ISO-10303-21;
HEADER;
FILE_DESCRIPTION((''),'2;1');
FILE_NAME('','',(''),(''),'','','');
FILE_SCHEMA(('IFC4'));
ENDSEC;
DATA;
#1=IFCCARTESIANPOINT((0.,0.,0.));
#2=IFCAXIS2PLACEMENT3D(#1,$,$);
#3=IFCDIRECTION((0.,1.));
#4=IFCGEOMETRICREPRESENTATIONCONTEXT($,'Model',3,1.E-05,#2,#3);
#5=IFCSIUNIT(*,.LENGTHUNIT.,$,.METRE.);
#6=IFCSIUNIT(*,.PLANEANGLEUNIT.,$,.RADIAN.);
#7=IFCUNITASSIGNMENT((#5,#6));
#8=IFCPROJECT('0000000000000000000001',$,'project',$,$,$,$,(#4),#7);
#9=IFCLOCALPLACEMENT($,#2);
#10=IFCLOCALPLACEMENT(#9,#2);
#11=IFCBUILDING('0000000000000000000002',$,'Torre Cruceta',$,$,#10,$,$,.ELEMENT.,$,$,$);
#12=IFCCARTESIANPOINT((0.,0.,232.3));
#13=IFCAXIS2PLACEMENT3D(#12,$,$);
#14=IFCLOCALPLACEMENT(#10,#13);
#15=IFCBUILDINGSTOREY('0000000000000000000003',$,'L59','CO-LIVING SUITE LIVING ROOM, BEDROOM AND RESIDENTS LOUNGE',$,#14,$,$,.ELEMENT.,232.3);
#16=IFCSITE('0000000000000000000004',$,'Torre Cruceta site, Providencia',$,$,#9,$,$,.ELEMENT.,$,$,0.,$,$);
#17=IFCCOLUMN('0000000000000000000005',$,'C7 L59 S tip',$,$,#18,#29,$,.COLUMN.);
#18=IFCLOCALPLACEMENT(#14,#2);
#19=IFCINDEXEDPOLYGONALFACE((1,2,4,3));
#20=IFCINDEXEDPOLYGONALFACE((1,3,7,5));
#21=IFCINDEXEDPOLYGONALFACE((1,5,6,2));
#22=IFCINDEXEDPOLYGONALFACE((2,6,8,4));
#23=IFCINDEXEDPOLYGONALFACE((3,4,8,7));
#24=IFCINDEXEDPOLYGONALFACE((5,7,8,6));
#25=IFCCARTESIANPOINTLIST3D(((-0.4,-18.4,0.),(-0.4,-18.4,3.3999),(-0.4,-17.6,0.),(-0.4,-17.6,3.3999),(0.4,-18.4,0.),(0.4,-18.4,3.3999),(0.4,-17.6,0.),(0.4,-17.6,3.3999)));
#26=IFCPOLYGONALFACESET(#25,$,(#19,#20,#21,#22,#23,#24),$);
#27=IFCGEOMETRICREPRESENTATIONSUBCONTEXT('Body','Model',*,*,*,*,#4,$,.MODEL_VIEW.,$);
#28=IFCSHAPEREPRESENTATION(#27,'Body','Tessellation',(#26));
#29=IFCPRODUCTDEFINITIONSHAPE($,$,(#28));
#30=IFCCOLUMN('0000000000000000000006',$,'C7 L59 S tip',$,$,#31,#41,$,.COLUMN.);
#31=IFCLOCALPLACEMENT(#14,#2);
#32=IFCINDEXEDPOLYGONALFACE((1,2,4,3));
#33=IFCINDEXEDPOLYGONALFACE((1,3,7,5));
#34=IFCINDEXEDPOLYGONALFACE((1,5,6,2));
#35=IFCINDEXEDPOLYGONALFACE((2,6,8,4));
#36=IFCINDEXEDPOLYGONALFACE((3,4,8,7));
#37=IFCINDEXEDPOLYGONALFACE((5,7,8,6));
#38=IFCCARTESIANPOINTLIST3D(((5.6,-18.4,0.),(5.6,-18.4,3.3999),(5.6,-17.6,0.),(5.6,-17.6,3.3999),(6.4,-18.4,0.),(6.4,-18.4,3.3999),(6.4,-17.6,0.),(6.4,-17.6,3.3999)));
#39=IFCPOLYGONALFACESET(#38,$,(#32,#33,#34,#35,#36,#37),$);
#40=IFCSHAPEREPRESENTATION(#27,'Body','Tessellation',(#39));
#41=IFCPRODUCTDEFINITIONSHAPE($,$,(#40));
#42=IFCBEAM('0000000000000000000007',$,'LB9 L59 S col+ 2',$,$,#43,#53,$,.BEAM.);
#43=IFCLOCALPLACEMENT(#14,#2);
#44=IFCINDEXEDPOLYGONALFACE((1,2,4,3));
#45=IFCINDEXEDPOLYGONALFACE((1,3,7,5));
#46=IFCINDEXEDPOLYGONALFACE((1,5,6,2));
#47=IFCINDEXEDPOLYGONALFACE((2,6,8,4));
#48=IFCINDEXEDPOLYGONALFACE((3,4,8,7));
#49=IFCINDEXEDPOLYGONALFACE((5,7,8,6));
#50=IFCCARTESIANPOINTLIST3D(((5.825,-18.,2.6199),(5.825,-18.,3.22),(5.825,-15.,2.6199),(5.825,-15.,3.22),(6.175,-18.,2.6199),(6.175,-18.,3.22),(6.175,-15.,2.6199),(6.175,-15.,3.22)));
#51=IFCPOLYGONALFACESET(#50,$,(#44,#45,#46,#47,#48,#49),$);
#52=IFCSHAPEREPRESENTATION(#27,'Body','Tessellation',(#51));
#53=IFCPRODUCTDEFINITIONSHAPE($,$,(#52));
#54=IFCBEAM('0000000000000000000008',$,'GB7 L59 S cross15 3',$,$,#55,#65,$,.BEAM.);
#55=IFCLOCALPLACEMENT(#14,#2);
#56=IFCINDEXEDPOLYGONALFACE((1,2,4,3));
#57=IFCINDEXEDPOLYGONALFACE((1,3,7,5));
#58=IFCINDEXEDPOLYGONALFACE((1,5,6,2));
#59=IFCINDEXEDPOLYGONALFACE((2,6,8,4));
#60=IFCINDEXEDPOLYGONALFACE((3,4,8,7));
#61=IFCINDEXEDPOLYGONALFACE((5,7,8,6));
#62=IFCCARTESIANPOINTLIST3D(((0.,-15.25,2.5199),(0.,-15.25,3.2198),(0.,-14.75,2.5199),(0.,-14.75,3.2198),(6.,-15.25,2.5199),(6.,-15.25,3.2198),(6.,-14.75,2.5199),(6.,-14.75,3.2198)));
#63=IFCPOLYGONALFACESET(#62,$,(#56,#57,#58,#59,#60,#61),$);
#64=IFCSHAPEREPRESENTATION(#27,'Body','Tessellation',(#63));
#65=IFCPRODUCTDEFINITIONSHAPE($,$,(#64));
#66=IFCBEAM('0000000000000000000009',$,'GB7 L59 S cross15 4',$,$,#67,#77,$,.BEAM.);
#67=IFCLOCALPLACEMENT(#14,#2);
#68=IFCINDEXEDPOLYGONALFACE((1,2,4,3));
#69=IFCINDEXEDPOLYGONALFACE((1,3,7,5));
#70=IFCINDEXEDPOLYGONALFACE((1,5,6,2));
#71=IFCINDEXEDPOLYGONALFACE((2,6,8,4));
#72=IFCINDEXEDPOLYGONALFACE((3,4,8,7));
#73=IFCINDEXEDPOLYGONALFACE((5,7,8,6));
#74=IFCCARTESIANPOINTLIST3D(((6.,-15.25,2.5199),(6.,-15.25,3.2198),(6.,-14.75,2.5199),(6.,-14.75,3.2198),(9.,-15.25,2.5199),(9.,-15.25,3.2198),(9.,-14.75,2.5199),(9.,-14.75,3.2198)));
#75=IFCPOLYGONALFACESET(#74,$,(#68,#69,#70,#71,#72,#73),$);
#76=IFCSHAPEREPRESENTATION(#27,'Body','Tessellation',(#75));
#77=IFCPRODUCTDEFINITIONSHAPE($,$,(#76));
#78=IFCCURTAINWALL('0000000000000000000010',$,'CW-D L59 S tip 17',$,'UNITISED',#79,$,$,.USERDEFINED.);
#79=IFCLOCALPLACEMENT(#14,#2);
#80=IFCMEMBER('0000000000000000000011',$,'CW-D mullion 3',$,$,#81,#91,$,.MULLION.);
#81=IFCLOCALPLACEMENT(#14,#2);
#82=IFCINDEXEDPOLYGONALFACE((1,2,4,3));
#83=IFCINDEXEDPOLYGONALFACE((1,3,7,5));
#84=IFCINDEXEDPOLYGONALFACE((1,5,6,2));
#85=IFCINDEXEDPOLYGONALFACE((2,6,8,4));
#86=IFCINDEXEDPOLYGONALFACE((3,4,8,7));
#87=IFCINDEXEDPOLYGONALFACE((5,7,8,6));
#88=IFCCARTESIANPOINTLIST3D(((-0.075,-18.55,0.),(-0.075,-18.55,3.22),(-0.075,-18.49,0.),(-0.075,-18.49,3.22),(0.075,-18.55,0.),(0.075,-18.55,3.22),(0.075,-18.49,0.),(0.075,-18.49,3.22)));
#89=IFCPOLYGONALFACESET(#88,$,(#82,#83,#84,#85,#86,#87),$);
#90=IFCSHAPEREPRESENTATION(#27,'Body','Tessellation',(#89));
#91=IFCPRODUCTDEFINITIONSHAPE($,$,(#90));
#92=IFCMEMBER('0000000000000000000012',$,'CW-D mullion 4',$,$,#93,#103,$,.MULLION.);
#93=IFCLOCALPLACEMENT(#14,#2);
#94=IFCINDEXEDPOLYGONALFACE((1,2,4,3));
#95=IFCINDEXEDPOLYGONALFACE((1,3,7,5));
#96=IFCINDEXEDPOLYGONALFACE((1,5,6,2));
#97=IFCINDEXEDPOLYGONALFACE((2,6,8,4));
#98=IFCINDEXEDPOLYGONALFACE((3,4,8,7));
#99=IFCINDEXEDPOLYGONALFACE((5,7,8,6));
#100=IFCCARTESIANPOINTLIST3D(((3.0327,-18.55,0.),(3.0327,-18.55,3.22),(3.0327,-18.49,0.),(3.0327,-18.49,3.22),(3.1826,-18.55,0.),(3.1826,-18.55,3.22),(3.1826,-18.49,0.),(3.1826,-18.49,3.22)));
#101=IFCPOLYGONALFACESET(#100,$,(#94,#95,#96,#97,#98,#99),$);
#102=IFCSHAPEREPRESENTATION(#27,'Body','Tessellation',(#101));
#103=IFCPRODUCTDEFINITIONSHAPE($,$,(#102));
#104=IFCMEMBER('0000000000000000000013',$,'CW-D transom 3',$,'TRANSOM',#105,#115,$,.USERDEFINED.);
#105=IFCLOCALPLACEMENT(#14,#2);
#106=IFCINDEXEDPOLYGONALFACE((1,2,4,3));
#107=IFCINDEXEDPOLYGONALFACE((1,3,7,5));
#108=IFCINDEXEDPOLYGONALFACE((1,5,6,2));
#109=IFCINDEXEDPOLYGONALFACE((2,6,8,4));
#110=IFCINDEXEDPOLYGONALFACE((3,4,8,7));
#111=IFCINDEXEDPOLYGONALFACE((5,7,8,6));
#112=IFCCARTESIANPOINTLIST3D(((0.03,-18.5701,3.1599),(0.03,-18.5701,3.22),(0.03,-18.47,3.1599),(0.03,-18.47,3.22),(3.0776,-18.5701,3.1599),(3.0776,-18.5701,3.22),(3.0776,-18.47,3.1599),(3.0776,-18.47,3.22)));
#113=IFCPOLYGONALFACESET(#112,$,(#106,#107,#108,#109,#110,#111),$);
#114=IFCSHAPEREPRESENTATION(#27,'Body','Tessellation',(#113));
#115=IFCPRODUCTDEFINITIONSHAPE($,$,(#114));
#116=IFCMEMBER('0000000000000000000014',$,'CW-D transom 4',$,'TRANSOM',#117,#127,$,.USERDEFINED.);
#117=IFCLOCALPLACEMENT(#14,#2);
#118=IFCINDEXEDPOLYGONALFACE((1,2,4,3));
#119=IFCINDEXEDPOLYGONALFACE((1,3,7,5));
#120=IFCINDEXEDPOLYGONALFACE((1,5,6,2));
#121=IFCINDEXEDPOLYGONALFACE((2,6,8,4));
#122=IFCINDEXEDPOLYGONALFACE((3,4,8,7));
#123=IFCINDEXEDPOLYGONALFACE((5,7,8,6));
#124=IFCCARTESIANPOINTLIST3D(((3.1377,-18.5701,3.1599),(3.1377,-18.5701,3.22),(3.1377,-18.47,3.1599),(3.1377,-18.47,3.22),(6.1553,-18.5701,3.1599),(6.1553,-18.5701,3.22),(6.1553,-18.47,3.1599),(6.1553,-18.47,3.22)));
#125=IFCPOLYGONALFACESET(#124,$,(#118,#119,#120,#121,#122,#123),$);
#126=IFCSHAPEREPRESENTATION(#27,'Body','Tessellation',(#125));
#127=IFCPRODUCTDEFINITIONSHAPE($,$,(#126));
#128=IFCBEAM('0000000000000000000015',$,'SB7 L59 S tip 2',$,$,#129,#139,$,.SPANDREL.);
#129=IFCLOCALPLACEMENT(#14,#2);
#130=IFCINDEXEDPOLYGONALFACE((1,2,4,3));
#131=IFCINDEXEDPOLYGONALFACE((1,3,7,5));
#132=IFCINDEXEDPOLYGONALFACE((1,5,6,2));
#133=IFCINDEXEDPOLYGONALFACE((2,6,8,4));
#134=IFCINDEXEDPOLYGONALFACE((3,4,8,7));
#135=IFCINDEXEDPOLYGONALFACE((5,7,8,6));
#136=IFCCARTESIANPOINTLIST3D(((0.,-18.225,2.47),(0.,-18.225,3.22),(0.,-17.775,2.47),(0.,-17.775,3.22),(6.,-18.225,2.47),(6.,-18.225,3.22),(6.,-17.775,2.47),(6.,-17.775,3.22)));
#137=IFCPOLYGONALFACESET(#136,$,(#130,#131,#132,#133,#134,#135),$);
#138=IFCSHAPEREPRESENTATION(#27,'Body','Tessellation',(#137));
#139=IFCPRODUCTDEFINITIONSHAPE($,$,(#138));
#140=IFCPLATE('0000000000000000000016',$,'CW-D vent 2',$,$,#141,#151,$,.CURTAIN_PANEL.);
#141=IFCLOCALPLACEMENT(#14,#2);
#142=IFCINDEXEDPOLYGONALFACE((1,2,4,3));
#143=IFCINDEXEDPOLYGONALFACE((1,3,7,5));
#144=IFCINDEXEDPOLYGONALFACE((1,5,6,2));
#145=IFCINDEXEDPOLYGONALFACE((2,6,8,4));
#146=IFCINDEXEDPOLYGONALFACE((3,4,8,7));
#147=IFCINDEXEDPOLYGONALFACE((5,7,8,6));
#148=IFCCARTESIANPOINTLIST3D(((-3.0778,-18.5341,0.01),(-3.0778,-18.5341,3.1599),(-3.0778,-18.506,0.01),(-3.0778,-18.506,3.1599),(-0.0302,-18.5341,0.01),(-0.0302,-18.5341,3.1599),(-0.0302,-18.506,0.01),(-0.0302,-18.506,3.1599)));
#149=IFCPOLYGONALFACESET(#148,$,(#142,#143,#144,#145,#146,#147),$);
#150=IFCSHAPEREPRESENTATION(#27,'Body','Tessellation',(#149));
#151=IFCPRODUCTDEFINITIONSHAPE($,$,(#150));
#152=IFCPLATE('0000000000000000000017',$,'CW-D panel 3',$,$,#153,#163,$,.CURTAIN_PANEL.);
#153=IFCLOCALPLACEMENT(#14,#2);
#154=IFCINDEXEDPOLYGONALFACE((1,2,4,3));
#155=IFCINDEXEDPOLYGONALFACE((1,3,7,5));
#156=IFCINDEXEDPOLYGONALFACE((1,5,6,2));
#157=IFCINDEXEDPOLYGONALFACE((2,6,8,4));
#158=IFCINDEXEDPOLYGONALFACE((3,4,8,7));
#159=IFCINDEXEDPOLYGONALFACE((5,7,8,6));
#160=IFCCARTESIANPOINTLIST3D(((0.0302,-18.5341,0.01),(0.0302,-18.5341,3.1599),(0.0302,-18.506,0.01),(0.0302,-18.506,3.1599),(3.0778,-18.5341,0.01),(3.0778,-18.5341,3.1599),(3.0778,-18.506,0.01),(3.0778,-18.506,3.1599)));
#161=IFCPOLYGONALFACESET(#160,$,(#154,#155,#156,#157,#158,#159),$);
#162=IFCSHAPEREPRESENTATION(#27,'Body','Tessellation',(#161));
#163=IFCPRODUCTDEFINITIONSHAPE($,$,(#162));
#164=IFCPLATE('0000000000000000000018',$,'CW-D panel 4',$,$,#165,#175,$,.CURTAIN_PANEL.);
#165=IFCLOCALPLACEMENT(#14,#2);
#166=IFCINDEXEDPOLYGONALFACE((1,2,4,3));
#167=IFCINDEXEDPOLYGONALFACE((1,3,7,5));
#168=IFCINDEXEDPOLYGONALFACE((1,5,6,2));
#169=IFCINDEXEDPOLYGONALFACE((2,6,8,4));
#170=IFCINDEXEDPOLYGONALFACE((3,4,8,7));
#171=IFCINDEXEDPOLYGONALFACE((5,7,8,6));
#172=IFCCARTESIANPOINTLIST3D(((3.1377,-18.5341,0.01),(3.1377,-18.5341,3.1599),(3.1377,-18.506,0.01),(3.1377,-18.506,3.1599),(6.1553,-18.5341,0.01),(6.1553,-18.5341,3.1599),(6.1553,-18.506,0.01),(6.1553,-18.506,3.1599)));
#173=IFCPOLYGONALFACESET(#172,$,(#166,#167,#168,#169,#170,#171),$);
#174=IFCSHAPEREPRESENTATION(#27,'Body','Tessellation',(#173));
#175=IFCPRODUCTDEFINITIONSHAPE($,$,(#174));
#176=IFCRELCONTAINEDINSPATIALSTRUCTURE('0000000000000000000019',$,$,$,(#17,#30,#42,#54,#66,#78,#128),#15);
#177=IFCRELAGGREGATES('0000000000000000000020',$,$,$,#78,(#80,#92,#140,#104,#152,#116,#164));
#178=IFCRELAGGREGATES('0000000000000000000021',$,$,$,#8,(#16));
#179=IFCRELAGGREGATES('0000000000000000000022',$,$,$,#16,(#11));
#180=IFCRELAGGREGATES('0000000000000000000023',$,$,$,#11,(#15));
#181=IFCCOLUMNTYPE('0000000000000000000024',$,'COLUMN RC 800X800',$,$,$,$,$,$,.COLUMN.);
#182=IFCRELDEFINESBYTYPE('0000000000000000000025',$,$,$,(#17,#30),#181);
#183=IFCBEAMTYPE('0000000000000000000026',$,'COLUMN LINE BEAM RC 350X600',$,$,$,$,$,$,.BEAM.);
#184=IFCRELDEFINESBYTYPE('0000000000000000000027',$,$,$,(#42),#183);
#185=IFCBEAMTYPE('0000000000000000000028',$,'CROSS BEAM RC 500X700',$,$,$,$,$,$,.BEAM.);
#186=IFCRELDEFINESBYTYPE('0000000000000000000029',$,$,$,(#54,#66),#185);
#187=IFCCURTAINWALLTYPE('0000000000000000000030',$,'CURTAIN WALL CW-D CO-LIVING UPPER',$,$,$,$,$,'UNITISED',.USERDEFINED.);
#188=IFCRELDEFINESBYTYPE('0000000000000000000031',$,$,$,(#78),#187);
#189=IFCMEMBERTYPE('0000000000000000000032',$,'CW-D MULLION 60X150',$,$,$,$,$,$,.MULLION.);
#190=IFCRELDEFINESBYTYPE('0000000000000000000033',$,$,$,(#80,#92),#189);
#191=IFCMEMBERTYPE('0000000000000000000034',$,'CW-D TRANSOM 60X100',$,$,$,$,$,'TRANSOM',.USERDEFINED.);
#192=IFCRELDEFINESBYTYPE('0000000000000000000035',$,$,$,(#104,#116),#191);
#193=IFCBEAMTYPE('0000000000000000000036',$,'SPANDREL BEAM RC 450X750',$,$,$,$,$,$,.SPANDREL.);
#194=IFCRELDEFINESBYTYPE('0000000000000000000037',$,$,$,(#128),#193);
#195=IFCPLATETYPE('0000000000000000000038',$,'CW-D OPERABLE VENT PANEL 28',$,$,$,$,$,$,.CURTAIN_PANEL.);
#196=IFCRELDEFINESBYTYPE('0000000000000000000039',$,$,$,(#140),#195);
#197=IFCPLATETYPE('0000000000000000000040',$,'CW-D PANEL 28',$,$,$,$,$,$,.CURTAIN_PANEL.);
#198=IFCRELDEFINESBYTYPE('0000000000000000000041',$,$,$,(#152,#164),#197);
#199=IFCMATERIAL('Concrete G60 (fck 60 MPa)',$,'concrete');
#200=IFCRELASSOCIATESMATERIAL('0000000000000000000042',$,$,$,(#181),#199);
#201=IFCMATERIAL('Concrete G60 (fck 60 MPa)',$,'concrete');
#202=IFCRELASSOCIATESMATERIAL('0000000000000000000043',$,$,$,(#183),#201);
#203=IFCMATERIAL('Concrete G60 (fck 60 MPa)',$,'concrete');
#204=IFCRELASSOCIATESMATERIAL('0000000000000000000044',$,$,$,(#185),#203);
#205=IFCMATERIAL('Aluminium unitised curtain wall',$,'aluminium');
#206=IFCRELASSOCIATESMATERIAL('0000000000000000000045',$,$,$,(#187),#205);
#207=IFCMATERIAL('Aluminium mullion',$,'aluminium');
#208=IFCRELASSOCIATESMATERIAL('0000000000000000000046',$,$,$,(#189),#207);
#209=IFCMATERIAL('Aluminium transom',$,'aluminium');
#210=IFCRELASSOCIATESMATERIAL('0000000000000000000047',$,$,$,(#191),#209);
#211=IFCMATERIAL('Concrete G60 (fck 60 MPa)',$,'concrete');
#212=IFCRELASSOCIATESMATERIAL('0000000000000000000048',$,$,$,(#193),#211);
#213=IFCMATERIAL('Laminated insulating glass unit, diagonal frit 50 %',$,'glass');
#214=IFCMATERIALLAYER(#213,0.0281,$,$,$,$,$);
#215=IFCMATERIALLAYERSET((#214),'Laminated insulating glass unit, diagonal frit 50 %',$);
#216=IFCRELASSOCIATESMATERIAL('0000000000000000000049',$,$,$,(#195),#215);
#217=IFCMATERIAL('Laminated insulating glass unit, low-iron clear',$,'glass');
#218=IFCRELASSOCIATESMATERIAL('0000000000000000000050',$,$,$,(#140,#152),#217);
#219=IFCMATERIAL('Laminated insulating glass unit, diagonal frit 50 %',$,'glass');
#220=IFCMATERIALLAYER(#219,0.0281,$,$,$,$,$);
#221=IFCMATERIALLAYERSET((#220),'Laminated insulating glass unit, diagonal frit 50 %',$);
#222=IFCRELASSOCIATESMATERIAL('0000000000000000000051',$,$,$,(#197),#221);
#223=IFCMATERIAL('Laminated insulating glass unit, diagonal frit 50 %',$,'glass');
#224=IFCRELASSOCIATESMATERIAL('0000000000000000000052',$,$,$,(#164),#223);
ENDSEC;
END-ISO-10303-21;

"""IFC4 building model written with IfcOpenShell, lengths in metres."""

from ifc_helpers import new_model, si_unit, direction, frame, origin, origin_2d, place, context, subcontext, project, spatial, rectangle, extrude, material, layer, layer_set, material_profile, profile_set, type_object, element, aggregate, save


model = new_model("IFC4")

# Units and contexts
model_context = context("Model", 3, precision=1e-05, world=origin(), true_north=direction((0.0, 1.0)))
body_context = subcontext(model_context, "Body", "Model", "MODEL_VIEW")
ifc_project = project(units=[si_unit("LENGTHUNIT", "METRE"), si_unit("PLANEANGLEUNIT", "RADIAN")], contexts=[model_context])

# Site, building, storey
site_placement = place(None, origin())
site = spatial("IfcSite", under=ifc_project, at=site_placement, Name="Torre Cruceta site, Providencia", CompositionType="ELEMENT", RefElevation=0.0)
building_placement = place(site_placement, origin())
building = spatial("IfcBuilding", under=site, at=building_placement, Name="Torre Cruceta", CompositionType="ELEMENT")
storey_placement = place(building_placement, frame((0.0, 0.0, 232.3)))
storey = spatial("IfcBuildingStorey", under=building, at=storey_placement, Name="L59", Description="CO-LIVING SUITE LIVING ROOM, BEDROOM AND RESIDENTS LOUNGE", CompositionType="ELEMENT", Elevation=232.3)

# Columns
ifc_material_1 = material(Name="Concrete G60 (fck 60 MPa)", Category="concrete")
ifc_material_profile_1 = material_profile(ifc_material_1, rectangle(XDim=0.8, YDim=0.8, at=origin_2d()), Name="RC 800X800")
ifc_profile_set_1 = profile_set([ifc_material_profile_1], Name="Concrete G60 (fck 60 MPa)")
column_type = type_object("IfcColumnType", Name="COLUMN RC 800X800", PredefinedType="COLUMN", material=ifc_profile_set_1)
for number, where, z_axis, x_axis, name in (
    (1, (0.0, -18.0, 0.0), (0.0, 0.0, 1.0), (1.0, 0.0, 0.0), "C7 L59 S tip"),
    (2, (6.0, -18.0, 0.0), (0.0, 0.0, 1.0), (1.0, 0.0, 0.0), "C7 L59 S tip"),
):
    element("IfcColumn", number, at=place(storey_placement, frame(where, z_axis=z_axis, x_axis=x_axis)), inside=storey, type_object=column_type, Name=name, PredefinedType="COLUMN", context=body_context, shape_type="SweptSolid", body=[
        extrude(rectangle(XDim=0.8, YDim=0.8, at=origin_2d()), origin(), (0.0, 0.0, 1.0), 3.3999),
    ])

# Beams
ifc_material_2 = material(Name="Concrete G60 (fck 60 MPa)", Category="concrete")
ifc_material_profile_2 = material_profile(ifc_material_2, rectangle(XDim=0.3501, YDim=0.6001, at=origin_2d()), Name="RC 350X600")
ifc_profile_set_2 = profile_set([ifc_material_profile_2], Name="Concrete G60 (fck 60 MPa)")
beam_type_1 = type_object("IfcBeamType", Name="COLUMN LINE BEAM RC 350X600", PredefinedType="BEAM", material=ifc_profile_set_2)
beam_1_placement = place(storey_placement, frame((6.0, -15.0, 2.9199), z_axis=(0.0, -1.0, 0.0), x_axis=(1.0, 0.0, 0.0)))
element("IfcBeam", 3, at=beam_1_placement, inside=storey, type_object=beam_type_1, Name="LB9 L59 S col+ 2", PredefinedType="BEAM", context=body_context, shape_type="SweptSolid", body=[
    extrude(rectangle(XDim=0.3501, YDim=0.6001, at=origin_2d()), origin(), (0.0, 0.0, 1.0), 3.0),
])
ifc_material_3 = material(Name="Concrete G60 (fck 60 MPa)", Category="concrete")
ifc_material_profile_3 = material_profile(ifc_material_3, rectangle(XDim=0.5, YDim=0.7, at=origin_2d()), Name="RC 500X700")
ifc_profile_set_3 = profile_set([ifc_material_profile_3], Name="Concrete G60 (fck 60 MPa)")
beam_type_2 = type_object("IfcBeamType", Name="CROSS BEAM RC 500X700", PredefinedType="BEAM", material=ifc_profile_set_3)
beam_2_placement = place(storey_placement, frame((0.0, -15.0, 2.8699), z_axis=(1.0, 0.0, 0.0), x_axis=(0.0, 1.0, 0.0)))
element("IfcBeam", 4, at=beam_2_placement, inside=storey, type_object=beam_type_2, Name="GB7 L59 S cross15 3", PredefinedType="BEAM", context=body_context, shape_type="SweptSolid", body=[
    extrude(rectangle(XDim=0.5, YDim=0.7, at=origin_2d()), origin(), (0.0, 0.0, 1.0), 6.0),
])
beam_3_placement = place(storey_placement, frame((6.0, -15.0, 2.8699), z_axis=(1.0, 0.0, 0.0), x_axis=(0.0, 1.0, 0.0)))
element("IfcBeam", 5, at=beam_3_placement, inside=storey, type_object=beam_type_2, Name="GB7 L59 S cross15 4", PredefinedType="BEAM", context=body_context, shape_type="SweptSolid", body=[
    extrude(rectangle(XDim=0.5, YDim=0.7, at=origin_2d()), origin(), (0.0, 0.0, 1.0), 3.0),
])

# Curtain wall, members
ifc_material_4 = material(Name="Aluminium unitised curtain wall", Category="aluminium")
curtain_wall_type = type_object("IfcCurtainWallType", Name="CURTAIN WALL CW-D CO-LIVING UPPER", ElementType="UNITISED", PredefinedType="USERDEFINED", material=ifc_material_4)
curtain_wall_placement = place(storey_placement, origin())
curtain_wall = element("IfcCurtainWall", 6, at=curtain_wall_placement, inside=storey, type_object=curtain_wall_type, Name="CW-D L59 S tip 17", ObjectType="UNITISED", PredefinedType="USERDEFINED")
ifc_material_5 = material(Name="Aluminium mullion", Category="aluminium")
ifc_material_profile_4 = material_profile(ifc_material_5, rectangle(XDim=0.0601, YDim=0.1499, at=origin_2d()), Name="AL 60X150")
ifc_profile_set_4 = profile_set([ifc_material_profile_4], Name="Aluminium mullion")
member_type_1 = type_object("IfcMemberType", Name="CW-D MULLION 60X150", PredefinedType="MULLION", material=ifc_profile_set_4)
member_1_placement = place(storey_placement, frame((0.0, -18.52, 0.0), z_axis=(0.0, 0.0, 1.0), x_axis=(0.0, 1.0, 0.0)))
member_1 = element("IfcMember", 7, at=member_1_placement, type_object=member_type_1, Name="CW-D mullion 3", PredefinedType="MULLION", context=body_context, shape_type="SweptSolid", body=[
    extrude(rectangle(XDim=0.0601, YDim=0.1499, at=origin_2d()), origin(), (0.0, 0.0, 1.0), 3.22),
])
member_2_placement = place(storey_placement, frame((3.1077, -18.52, 0.0), z_axis=(0.0, 0.0, 1.0), x_axis=(0.0, 1.0, 0.0)))
member_2 = element("IfcMember", 8, at=member_2_placement, type_object=member_type_1, Name="CW-D mullion 4", PredefinedType="MULLION", context=body_context, shape_type="SweptSolid", body=[
    extrude(rectangle(XDim=0.0601, YDim=0.1499, at=origin_2d()), origin(), (0.0, 0.0, 1.0), 3.22),
])
ifc_material_6 = material(Name="Aluminium transom", Category="aluminium")
ifc_material_profile_5 = material_profile(ifc_material_6, rectangle(XDim=0.1001, YDim=0.0601, at=origin_2d()), Name="AL 100X60")
ifc_profile_set_5 = profile_set([ifc_material_profile_5], Name="Aluminium transom")
member_type_2 = type_object("IfcMemberType", Name="CW-D TRANSOM 60X100", ElementType="TRANSOM", PredefinedType="USERDEFINED", material=ifc_profile_set_5)
member_3_placement = place(storey_placement, frame((0.03, -18.52, 3.1899), z_axis=(1.0, 0.0, 0.0), x_axis=(0.0, 1.0, 0.0)))
member_3 = element("IfcMember", 9, at=member_3_placement, type_object=member_type_2, Name="CW-D transom 3", ObjectType="TRANSOM", PredefinedType="USERDEFINED", context=body_context, shape_type="SweptSolid", body=[
    extrude(rectangle(XDim=0.1001, YDim=0.0601, at=origin_2d()), origin(), (0.0, 0.0, 1.0), 3.0476),
])
member_4_placement = place(storey_placement, frame((3.1377, -18.52, 3.1899), z_axis=(1.0, 0.0, 0.0), x_axis=(0.0, 1.0, 0.0)))
member_4 = element("IfcMember", 10, at=member_4_placement, type_object=member_type_2, Name="CW-D transom 4", ObjectType="TRANSOM", PredefinedType="USERDEFINED", context=body_context, shape_type="SweptSolid", body=[
    extrude(rectangle(XDim=0.1001, YDim=0.0601, at=origin_2d()), origin(), (0.0, 0.0, 1.0), 3.0176),
])

# Beam
ifc_material_7 = material(Name="Concrete G60 (fck 60 MPa)", Category="concrete")
ifc_material_profile_6 = material_profile(ifc_material_7, rectangle(XDim=0.45, YDim=0.75, at=origin_2d()), Name="RC 450X750")
ifc_profile_set_6 = profile_set([ifc_material_profile_6], Name="Concrete G60 (fck 60 MPa)")
beam_type_3 = type_object("IfcBeamType", Name="SPANDREL BEAM RC 450X750", PredefinedType="SPANDREL", material=ifc_profile_set_6)
beam_4_placement = place(storey_placement, frame((0.0, -18.0, 2.845), z_axis=(1.0, 0.0, 0.0), x_axis=(0.0, 1.0, 0.0)))
element("IfcBeam", 11, at=beam_4_placement, inside=storey, type_object=beam_type_3, Name="SB7 L59 S tip 2", PredefinedType="SPANDREL", context=body_context, shape_type="SweptSolid", body=[
    extrude(rectangle(XDim=0.45, YDim=0.75, at=origin_2d()), origin(), (0.0, 0.0, 1.0), 6.0),
])

# Plates
ifc_material_8 = material(Name="Laminated insulating glass unit, low-iron clear", Category="glass")
ifc_material_9 = material(Name="Laminated insulating glass unit, diagonal frit 50 %", Category="glass")
ifc_layer_1 = layer(ifc_material_9, 0.0281)
ifc_layer_set_1 = layer_set([ifc_layer_1], Name="Laminated insulating glass unit, diagonal frit 50 %")
plate_type_1 = type_object("IfcPlateType", Name="CW-D OPERABLE VENT PANEL 28", PredefinedType="CURTAIN_PANEL", material=ifc_layer_set_1)
plate_1_placement = place(storey_placement, frame((-1.554, -18.52, 0.01), z_axis=(0.0, 0.0, 1.0), x_axis=(1.0, 0.0, 0.0)))
plate_1 = element("IfcPlate", 12, at=plate_1_placement, type_object=plate_type_1, material=ifc_material_8, Name="CW-D vent 2", PredefinedType="CURTAIN_PANEL", context=body_context, shape_type="SweptSolid", body=[
    extrude(rectangle(XDim=3.0476, YDim=0.0281, at=origin_2d()), origin(), (0.0, 0.0, 1.0), 3.1499),
])
ifc_material_10 = material(Name="Laminated insulating glass unit, diagonal frit 50 %", Category="glass")
ifc_layer_2 = layer(ifc_material_10, 0.0281)
ifc_layer_set_2 = layer_set([ifc_layer_2], Name="Laminated insulating glass unit, diagonal frit 50 %")
plate_type_2 = type_object("IfcPlateType", Name="CW-D PANEL 28", PredefinedType="CURTAIN_PANEL", material=ifc_layer_set_2)
plate_2_placement = place(storey_placement, frame((1.554, -18.52, 0.01), z_axis=(0.0, 0.0, 1.0), x_axis=(1.0, 0.0, 0.0)))
plate_2 = element("IfcPlate", 13, at=plate_2_placement, type_object=plate_type_2, material=ifc_material_8, Name="CW-D panel 3", PredefinedType="CURTAIN_PANEL", context=body_context, shape_type="SweptSolid", body=[
    extrude(rectangle(XDim=3.0476, YDim=0.0281, at=origin_2d()), origin(), (0.0, 0.0, 1.0), 3.1499),
])
ifc_material_11 = material(Name="Laminated insulating glass unit, diagonal frit 50 %", Category="glass")
plate_3_placement = place(storey_placement, frame((4.6465, -18.52, 0.01), z_axis=(0.0, 0.0, 1.0), x_axis=(1.0, 0.0, 0.0)))
plate_3 = element("IfcPlate", 14, at=plate_3_placement, type_object=plate_type_2, material=ifc_material_11, Name="CW-D panel 4", PredefinedType="CURTAIN_PANEL", context=body_context, shape_type="SweptSolid", body=[
    extrude(rectangle(XDim=3.0176, YDim=0.0281, at=origin_2d()), origin(), (0.0, 0.0, 1.0), 3.1499),
])
aggregate(curtain_wall, [member_1, member_2, plate_1, member_3, plate_2, member_4, plate_3])

save(model, "model.ifc")
